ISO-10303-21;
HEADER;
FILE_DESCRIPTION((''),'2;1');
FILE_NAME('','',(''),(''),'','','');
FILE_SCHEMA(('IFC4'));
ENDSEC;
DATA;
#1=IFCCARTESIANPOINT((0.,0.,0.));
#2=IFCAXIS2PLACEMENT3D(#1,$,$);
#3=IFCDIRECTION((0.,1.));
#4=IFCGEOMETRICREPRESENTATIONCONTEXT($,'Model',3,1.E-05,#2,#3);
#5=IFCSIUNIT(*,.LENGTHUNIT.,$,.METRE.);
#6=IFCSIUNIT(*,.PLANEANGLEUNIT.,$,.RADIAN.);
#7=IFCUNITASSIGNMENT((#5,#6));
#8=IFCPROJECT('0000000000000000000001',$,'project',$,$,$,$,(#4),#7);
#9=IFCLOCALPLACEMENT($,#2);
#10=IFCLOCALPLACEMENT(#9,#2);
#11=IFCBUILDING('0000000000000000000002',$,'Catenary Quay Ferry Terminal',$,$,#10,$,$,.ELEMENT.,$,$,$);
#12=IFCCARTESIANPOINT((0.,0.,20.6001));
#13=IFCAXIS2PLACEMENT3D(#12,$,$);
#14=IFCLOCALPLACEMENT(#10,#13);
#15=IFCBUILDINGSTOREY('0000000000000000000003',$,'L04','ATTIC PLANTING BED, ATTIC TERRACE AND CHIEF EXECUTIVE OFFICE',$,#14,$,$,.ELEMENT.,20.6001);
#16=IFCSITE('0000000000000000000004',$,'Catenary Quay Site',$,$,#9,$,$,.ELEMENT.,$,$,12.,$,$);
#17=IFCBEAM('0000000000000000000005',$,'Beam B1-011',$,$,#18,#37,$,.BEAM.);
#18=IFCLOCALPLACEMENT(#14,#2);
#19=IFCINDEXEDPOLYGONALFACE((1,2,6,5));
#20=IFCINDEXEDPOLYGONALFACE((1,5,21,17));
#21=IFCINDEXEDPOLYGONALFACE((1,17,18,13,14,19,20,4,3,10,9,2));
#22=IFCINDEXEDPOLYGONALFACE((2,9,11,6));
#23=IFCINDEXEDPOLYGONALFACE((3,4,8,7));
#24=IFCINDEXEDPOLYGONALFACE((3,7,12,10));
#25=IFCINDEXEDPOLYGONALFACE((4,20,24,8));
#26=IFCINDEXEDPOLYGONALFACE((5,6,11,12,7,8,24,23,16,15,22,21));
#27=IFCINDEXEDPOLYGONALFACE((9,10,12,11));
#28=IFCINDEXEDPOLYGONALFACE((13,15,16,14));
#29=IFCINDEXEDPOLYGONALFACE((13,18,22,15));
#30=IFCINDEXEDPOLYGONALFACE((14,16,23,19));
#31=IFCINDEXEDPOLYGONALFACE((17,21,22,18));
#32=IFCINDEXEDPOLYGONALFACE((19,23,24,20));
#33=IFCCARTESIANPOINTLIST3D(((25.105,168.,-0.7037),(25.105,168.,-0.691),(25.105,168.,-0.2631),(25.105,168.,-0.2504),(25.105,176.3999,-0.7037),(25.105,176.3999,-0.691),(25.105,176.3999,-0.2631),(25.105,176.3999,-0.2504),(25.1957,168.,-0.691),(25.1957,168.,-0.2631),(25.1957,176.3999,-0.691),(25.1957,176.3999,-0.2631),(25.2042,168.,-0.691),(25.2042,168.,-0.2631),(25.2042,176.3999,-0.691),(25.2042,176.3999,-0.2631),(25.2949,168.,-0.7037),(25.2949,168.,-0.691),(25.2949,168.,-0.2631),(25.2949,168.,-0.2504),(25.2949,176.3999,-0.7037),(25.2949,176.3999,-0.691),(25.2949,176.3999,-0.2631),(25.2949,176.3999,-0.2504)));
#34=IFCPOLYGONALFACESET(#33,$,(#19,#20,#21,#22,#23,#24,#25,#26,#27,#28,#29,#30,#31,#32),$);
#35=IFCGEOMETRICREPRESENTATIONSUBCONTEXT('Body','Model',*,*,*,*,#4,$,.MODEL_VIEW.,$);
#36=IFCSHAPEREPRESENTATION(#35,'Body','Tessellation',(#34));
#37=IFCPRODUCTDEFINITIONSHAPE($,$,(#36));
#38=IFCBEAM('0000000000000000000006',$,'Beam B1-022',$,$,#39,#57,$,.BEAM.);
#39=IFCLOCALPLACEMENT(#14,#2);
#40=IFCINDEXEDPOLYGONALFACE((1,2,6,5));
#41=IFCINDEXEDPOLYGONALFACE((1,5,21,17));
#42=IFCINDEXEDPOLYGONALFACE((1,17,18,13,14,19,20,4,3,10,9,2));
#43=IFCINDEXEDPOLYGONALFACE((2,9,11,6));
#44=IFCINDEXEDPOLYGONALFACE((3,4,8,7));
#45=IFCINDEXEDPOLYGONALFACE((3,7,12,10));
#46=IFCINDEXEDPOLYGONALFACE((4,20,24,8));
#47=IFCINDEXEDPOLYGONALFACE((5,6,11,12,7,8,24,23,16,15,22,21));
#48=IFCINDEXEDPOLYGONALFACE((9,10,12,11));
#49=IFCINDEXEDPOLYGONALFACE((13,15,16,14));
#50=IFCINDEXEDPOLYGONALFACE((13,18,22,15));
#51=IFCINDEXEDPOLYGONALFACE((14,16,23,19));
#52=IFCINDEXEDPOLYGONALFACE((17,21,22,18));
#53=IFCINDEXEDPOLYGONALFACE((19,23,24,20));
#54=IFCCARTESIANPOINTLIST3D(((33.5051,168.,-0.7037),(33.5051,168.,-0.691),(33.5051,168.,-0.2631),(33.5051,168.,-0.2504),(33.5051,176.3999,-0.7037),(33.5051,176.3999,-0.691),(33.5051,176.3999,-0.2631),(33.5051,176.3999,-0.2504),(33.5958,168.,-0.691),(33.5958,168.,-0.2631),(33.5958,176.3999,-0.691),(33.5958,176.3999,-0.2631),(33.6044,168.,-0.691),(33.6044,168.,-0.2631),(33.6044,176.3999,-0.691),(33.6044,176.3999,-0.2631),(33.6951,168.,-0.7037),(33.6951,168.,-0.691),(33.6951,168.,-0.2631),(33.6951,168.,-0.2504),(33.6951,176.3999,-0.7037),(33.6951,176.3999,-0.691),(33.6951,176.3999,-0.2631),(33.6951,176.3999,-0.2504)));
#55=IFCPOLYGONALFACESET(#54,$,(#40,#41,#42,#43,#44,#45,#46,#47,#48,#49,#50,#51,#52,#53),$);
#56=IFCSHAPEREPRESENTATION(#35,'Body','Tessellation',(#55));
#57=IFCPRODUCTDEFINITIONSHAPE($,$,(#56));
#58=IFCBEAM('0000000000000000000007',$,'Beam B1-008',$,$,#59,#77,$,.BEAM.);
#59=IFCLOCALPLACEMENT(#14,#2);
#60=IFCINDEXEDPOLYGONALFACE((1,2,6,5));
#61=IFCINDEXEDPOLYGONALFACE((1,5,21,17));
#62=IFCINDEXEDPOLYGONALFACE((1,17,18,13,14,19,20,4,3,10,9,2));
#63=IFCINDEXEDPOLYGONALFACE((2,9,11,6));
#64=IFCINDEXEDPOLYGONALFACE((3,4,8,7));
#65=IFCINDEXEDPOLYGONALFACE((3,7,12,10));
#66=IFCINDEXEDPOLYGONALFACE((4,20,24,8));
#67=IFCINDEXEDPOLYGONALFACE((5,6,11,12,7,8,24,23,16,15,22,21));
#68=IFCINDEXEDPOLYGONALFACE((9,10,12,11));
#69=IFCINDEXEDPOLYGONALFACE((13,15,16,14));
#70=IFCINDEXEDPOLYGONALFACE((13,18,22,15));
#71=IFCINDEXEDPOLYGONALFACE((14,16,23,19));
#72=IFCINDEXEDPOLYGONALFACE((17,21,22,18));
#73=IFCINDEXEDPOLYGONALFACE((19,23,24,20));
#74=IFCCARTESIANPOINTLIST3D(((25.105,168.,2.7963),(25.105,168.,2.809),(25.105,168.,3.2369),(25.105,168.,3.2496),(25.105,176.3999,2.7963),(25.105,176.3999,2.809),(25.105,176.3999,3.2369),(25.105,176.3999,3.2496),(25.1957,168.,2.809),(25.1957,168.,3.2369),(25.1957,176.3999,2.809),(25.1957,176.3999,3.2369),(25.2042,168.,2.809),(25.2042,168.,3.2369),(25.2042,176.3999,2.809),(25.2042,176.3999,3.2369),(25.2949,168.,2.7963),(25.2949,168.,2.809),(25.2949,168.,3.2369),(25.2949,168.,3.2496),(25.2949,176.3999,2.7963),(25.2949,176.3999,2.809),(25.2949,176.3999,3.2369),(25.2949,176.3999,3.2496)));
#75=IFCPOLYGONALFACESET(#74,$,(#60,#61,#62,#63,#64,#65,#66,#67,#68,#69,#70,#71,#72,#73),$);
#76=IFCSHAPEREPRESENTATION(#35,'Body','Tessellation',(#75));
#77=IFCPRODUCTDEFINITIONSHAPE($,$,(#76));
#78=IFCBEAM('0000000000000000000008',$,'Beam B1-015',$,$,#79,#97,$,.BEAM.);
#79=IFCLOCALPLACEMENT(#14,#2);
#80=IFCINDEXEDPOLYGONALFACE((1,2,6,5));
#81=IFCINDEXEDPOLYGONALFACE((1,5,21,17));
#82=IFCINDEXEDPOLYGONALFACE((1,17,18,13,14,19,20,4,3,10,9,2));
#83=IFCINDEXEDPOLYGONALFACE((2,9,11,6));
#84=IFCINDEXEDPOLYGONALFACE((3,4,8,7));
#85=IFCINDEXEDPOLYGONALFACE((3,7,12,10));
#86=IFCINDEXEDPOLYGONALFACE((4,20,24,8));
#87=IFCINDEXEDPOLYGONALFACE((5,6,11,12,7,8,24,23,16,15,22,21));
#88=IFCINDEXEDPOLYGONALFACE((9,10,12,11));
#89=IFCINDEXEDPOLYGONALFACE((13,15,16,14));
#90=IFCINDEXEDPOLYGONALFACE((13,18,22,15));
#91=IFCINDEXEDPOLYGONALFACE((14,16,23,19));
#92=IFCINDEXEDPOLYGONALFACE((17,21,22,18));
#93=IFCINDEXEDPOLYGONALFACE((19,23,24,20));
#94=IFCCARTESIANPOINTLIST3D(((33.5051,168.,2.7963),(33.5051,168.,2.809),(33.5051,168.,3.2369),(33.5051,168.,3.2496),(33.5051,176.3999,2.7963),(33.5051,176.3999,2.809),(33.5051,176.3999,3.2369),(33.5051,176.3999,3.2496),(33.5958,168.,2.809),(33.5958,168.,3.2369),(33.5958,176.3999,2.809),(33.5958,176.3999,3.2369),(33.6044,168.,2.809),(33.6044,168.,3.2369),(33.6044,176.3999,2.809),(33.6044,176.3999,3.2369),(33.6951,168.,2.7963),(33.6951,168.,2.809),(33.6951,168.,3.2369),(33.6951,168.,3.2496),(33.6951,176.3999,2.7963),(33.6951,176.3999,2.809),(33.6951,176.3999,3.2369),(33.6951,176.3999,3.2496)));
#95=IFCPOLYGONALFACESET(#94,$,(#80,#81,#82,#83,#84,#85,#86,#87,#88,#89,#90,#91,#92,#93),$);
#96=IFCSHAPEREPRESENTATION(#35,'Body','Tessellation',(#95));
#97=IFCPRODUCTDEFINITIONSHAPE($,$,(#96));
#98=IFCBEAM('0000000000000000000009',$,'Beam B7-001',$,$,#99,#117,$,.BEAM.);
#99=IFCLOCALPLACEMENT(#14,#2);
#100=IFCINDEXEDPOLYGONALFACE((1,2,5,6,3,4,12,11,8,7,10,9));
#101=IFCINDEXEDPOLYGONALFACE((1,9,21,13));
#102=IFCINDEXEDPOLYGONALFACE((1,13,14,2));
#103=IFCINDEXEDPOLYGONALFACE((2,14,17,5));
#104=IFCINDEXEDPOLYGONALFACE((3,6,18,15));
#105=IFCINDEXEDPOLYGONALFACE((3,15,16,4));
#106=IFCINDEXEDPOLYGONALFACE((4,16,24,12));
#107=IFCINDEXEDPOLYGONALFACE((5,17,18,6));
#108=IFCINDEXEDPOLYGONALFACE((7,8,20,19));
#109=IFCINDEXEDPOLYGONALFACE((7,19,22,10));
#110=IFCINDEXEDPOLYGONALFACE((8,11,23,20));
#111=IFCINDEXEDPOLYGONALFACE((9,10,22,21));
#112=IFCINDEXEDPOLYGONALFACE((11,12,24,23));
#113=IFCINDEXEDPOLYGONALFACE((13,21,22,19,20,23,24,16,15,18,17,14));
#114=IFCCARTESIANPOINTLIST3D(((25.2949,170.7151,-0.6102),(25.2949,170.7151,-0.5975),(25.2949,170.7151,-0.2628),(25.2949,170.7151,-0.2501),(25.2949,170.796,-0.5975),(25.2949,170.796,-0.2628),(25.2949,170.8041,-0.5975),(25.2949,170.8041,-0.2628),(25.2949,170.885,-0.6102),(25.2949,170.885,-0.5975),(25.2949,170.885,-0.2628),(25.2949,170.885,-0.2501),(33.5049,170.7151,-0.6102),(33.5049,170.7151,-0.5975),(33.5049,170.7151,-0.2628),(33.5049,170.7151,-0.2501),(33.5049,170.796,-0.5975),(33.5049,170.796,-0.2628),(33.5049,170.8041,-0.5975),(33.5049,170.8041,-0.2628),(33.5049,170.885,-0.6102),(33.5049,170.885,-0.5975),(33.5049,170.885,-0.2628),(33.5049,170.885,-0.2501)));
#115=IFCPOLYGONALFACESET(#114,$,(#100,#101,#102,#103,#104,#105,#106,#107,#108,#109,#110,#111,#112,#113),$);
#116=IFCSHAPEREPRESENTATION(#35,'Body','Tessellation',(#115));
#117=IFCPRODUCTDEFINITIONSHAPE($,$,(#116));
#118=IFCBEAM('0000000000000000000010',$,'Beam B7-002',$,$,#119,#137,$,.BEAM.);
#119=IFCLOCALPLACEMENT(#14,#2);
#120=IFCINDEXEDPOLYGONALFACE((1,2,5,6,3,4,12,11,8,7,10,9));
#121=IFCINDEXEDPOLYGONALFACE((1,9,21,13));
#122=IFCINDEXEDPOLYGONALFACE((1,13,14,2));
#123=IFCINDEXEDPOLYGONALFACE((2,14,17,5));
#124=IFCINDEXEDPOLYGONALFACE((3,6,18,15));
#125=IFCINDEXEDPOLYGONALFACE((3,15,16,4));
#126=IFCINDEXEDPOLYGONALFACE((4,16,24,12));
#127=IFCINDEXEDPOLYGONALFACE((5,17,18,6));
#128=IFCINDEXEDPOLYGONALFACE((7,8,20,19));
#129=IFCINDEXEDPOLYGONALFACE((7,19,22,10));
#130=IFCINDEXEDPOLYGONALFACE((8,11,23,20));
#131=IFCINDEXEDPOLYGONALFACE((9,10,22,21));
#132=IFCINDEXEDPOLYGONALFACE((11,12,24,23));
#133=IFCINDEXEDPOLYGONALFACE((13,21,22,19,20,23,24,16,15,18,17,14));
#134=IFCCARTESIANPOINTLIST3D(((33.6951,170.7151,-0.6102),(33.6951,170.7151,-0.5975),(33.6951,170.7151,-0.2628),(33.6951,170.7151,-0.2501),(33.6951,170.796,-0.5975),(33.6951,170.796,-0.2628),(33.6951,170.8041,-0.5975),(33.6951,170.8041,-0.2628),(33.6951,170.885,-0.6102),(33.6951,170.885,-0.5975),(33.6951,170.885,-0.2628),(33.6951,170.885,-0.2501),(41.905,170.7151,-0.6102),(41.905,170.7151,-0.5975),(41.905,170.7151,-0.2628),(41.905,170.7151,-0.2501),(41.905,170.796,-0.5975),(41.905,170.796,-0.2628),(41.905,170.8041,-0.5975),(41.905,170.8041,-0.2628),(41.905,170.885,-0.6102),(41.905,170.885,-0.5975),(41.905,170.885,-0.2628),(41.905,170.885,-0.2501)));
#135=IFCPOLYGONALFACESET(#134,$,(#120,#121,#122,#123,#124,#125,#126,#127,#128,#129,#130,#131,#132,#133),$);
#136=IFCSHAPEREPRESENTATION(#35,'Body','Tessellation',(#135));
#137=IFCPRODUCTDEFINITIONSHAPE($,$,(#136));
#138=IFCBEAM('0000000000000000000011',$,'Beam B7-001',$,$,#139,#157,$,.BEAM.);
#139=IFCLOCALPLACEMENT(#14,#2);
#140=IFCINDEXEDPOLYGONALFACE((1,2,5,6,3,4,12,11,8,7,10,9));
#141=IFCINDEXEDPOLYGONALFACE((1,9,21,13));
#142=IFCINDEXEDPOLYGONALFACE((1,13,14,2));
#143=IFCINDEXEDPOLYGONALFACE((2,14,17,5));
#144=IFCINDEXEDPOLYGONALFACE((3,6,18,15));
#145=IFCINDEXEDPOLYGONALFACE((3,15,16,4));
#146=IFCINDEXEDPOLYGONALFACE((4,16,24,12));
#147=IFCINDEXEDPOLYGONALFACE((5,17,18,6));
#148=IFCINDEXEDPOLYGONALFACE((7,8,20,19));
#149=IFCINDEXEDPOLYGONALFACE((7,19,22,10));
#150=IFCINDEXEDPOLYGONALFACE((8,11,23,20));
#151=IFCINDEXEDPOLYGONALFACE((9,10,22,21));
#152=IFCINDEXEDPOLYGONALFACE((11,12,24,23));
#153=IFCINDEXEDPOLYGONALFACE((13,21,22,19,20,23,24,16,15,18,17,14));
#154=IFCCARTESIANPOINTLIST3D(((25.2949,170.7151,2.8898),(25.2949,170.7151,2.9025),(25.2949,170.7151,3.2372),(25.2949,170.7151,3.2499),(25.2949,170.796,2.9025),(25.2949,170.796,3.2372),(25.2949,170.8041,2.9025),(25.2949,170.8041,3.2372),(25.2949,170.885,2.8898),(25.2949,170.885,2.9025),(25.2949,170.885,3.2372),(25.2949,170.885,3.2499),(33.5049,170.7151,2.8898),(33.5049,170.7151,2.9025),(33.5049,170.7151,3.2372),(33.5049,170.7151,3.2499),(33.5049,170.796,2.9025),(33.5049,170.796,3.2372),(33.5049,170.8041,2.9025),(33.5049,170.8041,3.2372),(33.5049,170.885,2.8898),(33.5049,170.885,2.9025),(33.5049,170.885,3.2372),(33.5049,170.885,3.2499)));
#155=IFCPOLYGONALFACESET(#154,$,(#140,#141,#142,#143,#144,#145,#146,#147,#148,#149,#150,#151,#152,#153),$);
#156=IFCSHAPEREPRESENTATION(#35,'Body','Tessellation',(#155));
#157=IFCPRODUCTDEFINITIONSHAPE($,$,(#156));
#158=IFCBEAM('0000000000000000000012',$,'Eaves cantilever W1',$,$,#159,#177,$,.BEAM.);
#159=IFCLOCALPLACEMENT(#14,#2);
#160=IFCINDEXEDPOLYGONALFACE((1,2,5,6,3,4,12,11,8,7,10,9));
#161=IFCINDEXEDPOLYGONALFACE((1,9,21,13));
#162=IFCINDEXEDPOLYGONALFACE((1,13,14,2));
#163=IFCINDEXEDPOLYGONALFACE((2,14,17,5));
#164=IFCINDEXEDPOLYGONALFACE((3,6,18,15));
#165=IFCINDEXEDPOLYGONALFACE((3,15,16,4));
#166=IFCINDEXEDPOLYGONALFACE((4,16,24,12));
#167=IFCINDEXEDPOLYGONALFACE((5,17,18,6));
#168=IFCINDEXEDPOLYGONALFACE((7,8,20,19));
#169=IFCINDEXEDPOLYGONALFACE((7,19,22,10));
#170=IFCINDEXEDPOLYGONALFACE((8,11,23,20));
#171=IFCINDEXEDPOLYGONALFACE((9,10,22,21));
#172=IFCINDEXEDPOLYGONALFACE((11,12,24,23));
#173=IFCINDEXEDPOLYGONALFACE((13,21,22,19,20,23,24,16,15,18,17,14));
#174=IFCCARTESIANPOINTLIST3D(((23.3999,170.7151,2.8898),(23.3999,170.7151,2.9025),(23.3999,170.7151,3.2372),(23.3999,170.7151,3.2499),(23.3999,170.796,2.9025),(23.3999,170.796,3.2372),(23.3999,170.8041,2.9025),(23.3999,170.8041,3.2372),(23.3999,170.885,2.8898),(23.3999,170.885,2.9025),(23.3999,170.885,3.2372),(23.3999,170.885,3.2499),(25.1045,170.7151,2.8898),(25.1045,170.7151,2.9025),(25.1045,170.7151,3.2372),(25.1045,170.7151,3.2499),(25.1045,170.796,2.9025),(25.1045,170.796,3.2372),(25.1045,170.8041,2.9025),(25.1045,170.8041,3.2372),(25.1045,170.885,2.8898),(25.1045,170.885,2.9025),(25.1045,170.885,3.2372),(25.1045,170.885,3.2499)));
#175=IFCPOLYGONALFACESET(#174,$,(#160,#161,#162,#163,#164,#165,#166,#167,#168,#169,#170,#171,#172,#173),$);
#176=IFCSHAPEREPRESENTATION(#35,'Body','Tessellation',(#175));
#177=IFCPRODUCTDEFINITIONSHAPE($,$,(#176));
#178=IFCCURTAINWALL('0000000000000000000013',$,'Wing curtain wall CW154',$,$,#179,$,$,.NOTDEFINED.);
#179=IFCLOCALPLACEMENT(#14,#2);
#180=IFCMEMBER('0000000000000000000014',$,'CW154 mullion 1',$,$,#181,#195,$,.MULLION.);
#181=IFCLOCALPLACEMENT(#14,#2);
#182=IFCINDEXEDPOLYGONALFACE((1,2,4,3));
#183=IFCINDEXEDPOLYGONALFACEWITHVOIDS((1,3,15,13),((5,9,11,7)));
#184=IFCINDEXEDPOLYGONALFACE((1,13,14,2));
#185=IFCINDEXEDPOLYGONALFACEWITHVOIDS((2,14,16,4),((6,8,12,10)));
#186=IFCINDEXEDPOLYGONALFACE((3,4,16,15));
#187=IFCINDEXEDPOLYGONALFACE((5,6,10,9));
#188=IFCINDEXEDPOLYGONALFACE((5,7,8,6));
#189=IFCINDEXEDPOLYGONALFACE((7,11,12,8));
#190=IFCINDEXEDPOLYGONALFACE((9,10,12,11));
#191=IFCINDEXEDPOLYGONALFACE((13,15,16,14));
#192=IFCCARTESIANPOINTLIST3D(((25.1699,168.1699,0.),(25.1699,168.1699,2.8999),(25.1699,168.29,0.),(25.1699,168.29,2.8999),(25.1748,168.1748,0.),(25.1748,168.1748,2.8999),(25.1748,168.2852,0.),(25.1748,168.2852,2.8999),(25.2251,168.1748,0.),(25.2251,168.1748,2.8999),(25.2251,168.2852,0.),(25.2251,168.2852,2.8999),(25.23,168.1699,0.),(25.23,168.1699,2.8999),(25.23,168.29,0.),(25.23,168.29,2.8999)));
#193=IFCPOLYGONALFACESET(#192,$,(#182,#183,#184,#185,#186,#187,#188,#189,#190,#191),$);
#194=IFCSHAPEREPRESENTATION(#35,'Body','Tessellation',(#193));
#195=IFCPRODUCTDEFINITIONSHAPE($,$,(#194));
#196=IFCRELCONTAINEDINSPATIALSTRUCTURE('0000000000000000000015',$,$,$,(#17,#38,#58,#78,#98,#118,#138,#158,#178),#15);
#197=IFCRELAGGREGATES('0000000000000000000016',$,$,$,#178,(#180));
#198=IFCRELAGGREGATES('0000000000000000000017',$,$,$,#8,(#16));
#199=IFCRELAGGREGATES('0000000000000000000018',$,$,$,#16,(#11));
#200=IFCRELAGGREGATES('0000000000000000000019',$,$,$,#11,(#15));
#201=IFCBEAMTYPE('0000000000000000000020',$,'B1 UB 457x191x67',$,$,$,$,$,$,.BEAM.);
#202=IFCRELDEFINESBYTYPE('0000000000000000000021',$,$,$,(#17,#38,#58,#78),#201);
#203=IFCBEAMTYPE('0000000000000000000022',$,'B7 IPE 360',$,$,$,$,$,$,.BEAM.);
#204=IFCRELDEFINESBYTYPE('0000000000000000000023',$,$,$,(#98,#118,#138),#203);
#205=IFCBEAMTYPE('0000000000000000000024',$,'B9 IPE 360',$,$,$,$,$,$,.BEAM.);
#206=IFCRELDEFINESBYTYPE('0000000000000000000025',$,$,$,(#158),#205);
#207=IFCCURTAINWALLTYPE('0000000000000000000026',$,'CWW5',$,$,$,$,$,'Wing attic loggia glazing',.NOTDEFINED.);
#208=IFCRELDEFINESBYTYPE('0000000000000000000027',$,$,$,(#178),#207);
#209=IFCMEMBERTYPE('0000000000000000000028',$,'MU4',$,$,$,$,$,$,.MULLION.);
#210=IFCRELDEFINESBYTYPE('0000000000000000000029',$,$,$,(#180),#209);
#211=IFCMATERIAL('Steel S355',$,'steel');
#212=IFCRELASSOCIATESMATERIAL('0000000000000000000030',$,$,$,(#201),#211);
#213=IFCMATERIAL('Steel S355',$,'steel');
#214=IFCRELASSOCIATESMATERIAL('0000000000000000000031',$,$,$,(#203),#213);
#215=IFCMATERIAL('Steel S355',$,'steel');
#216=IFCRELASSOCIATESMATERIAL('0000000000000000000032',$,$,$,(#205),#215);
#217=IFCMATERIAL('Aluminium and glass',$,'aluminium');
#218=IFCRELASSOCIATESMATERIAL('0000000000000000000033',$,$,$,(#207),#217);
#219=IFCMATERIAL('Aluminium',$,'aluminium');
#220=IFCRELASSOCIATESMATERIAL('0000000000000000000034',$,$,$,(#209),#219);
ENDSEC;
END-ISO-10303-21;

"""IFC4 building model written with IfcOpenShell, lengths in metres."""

from ifc_helpers import new_model, si_unit, direction, frame, origin, origin_2d, place, context, subcontext, project, spatial, hollow_rectangle, i_section, extrude, material, material_profile, profile_set, type_object, element, aggregate, save


model = new_model("IFC4")

# Units and contexts
model_context = context("Model", 3, precision=1e-05, world=origin(), true_north=direction((0.0, 1.0)))
body_context = subcontext(model_context, "Body", "Model", "MODEL_VIEW")
ifc_project = project(units=[si_unit("LENGTHUNIT", "METRE"), si_unit("PLANEANGLEUNIT", "RADIAN")], contexts=[model_context])

# Site, building, storey
site_placement = place(None, origin())
site = spatial("IfcSite", under=ifc_project, at=site_placement, Name="Catenary Quay Site", CompositionType="ELEMENT", RefElevation=12.0)
building_placement = place(site_placement, origin())
building = spatial("IfcBuilding", under=site, at=building_placement, Name="Catenary Quay Ferry Terminal", CompositionType="ELEMENT")
storey_placement = place(building_placement, frame((0.0, 0.0, 20.6001)))
storey = spatial("IfcBuildingStorey", under=building, at=storey_placement, Name="L04", Description="ATTIC PLANTING BED, ATTIC TERRACE AND CHIEF EXECUTIVE OFFICE", CompositionType="ELEMENT", Elevation=20.6001)

# Beams
ifc_material_1 = material(Name="Steel S355", Category="steel")
ifc_material_profile_1 = material_profile(ifc_material_1, i_section(OverallWidth=0.1899, OverallDepth=0.4534, WebThickness=0.0085, FlangeThickness=0.0127, at=origin_2d()), Name="UB 457x191x67")
ifc_profile_set_1 = profile_set([ifc_material_profile_1], Name="Steel S355")
beam_type_1 = type_object("IfcBeamType", Name="B1 UB 457x191x67", PredefinedType="BEAM", material=ifc_profile_set_1)
for number, where, z_axis, x_axis, name in (
    (1, (25.2, 168.0, -0.4771), (0.0, 1.0, 0.0), (-1.0, 0.0, 0.0), "Beam B1-011"),
    (2, (33.6001, 168.0, -0.4771), (0.0, 1.0, 0.0), (-1.0, 0.0, 0.0), "Beam B1-022"),
    (3, (25.2, 168.0, 3.0229), (0.0, 1.0, 0.0), (-1.0, 0.0, 0.0), "Beam B1-008"),
    (4, (33.6001, 168.0, 3.0229), (0.0, 1.0, 0.0), (-1.0, 0.0, 0.0), "Beam B1-015"),
):
    element("IfcBeam", number, at=place(storey_placement, frame(where, z_axis=z_axis, x_axis=x_axis)), inside=storey, type_object=beam_type_1, Name=name, PredefinedType="BEAM", context=body_context, shape_type="SweptSolid", body=[
        extrude(i_section(OverallWidth=0.1899, OverallDepth=0.4534, WebThickness=0.0085, FlangeThickness=0.0127, at=origin_2d()), origin(), (0.0, 0.0, 1.0), 8.3999),
    ])
ifc_material_2 = material(Name="Steel S355", Category="steel")
ifc_material_profile_2 = material_profile(ifc_material_2, i_section(OverallWidth=0.1699, OverallDepth=0.3601, WebThickness=0.0081, FlangeThickness=0.0127, at=origin_2d()), Name="IPE 360")
ifc_profile_set_2 = profile_set([ifc_material_profile_2], Name="Steel S355")
beam_type_2 = type_object("IfcBeamType", Name="B7 IPE 360", PredefinedType="BEAM", material=ifc_profile_set_2)
for number, where, z_axis, x_axis, name in (
    (5, (25.2949, 170.8, -0.4302), (1.0, 0.0, 0.0), (0.0, 1.0, 0.0), "Beam B7-001"),
    (6, (33.6951, 170.8, -0.4302), (1.0, 0.0, 0.0), (0.0, 1.0, 0.0), "Beam B7-002"),
    (7, (25.2949, 170.8, 3.0698), (1.0, 0.0, 0.0), (0.0, 1.0, 0.0), "Beam B7-001"),
):
    element("IfcBeam", number, at=place(storey_placement, frame(where, z_axis=z_axis, x_axis=x_axis)), inside=storey, type_object=beam_type_2, Name=name, PredefinedType="BEAM", context=body_context, shape_type="SweptSolid", body=[
        extrude(i_section(OverallWidth=0.1699, OverallDepth=0.3601, WebThickness=0.0081, FlangeThickness=0.0127, at=origin_2d()), origin(), (0.0, 0.0, 1.0), 8.21),
    ])
ifc_material_3 = material(Name="Steel S355", Category="steel")
ifc_material_profile_3 = material_profile(ifc_material_3, i_section(OverallWidth=0.1699, OverallDepth=0.3601, WebThickness=0.0081, FlangeThickness=0.0127, at=origin_2d()), Name="IPE 360")
ifc_profile_set_3 = profile_set([ifc_material_profile_3], Name="Steel S355")
beam_type_3 = type_object("IfcBeamType", Name="B9 IPE 360", PredefinedType="BEAM", material=ifc_profile_set_3)
beam_placement = place(storey_placement, frame((25.1045, 170.8, 3.0698), z_axis=(-1.0, 0.0, 0.0), x_axis=(0.0, -1.0, 0.0)))
element("IfcBeam", 8, at=beam_placement, inside=storey, type_object=beam_type_3, Name="Eaves cantilever W1", PredefinedType="BEAM", context=body_context, shape_type="SweptSolid", body=[
    extrude(i_section(OverallWidth=0.1699, OverallDepth=0.3601, WebThickness=0.0081, FlangeThickness=0.0127, at=origin_2d()), origin(), (0.0, 0.0, 1.0), 1.7046),
])

# Curtain wall, member
ifc_material_4 = material(Name="Aluminium and glass", Category="aluminium")
curtain_wall_type = type_object("IfcCurtainWallType", Name="CWW5", ElementType="Wing attic loggia glazing", PredefinedType="NOTDEFINED", material=ifc_material_4)
curtain_wall_placement = place(storey_placement, origin())
curtain_wall = element("IfcCurtainWall", 9, at=curtain_wall_placement, inside=storey, type_object=curtain_wall_type, Name="Wing curtain wall CW154", PredefinedType="NOTDEFINED")
ifc_material_5 = material(Name="Aluminium", Category="aluminium")
ifc_material_profile_4 = material_profile(ifc_material_5, hollow_rectangle(XDim=0.0601, YDim=0.1201, WallThickness=0.0049, at=origin_2d()), Name="MU4")
ifc_profile_set_4 = profile_set([ifc_material_profile_4], Name="Aluminium")
member_type_1 = type_object("IfcMemberType", Name="MU4", PredefinedType="MULLION", material=ifc_profile_set_4)
member_1_placement = place(storey_placement, frame((25.2, 168.23, 0.0), z_axis=(0.0, 0.0, 1.0), x_axis=(-1.0, 0.0, 0.0)))
member_1 = element("IfcMember", 10, at=member_1_placement, type_object=member_type_1, Name="CW154 mullion 1", PredefinedType="MULLION", context=body_context, shape_type="SweptSolid", body=[
    extrude(hollow_rectangle(XDim=0.0601, YDim=0.1201, WallThickness=0.0049, at=origin_2d()), origin(), (0.0, 0.0, 1.0), 2.8999),
])

aggregate(curtain_wall, [member_1])

save(model, "model.ifc")
